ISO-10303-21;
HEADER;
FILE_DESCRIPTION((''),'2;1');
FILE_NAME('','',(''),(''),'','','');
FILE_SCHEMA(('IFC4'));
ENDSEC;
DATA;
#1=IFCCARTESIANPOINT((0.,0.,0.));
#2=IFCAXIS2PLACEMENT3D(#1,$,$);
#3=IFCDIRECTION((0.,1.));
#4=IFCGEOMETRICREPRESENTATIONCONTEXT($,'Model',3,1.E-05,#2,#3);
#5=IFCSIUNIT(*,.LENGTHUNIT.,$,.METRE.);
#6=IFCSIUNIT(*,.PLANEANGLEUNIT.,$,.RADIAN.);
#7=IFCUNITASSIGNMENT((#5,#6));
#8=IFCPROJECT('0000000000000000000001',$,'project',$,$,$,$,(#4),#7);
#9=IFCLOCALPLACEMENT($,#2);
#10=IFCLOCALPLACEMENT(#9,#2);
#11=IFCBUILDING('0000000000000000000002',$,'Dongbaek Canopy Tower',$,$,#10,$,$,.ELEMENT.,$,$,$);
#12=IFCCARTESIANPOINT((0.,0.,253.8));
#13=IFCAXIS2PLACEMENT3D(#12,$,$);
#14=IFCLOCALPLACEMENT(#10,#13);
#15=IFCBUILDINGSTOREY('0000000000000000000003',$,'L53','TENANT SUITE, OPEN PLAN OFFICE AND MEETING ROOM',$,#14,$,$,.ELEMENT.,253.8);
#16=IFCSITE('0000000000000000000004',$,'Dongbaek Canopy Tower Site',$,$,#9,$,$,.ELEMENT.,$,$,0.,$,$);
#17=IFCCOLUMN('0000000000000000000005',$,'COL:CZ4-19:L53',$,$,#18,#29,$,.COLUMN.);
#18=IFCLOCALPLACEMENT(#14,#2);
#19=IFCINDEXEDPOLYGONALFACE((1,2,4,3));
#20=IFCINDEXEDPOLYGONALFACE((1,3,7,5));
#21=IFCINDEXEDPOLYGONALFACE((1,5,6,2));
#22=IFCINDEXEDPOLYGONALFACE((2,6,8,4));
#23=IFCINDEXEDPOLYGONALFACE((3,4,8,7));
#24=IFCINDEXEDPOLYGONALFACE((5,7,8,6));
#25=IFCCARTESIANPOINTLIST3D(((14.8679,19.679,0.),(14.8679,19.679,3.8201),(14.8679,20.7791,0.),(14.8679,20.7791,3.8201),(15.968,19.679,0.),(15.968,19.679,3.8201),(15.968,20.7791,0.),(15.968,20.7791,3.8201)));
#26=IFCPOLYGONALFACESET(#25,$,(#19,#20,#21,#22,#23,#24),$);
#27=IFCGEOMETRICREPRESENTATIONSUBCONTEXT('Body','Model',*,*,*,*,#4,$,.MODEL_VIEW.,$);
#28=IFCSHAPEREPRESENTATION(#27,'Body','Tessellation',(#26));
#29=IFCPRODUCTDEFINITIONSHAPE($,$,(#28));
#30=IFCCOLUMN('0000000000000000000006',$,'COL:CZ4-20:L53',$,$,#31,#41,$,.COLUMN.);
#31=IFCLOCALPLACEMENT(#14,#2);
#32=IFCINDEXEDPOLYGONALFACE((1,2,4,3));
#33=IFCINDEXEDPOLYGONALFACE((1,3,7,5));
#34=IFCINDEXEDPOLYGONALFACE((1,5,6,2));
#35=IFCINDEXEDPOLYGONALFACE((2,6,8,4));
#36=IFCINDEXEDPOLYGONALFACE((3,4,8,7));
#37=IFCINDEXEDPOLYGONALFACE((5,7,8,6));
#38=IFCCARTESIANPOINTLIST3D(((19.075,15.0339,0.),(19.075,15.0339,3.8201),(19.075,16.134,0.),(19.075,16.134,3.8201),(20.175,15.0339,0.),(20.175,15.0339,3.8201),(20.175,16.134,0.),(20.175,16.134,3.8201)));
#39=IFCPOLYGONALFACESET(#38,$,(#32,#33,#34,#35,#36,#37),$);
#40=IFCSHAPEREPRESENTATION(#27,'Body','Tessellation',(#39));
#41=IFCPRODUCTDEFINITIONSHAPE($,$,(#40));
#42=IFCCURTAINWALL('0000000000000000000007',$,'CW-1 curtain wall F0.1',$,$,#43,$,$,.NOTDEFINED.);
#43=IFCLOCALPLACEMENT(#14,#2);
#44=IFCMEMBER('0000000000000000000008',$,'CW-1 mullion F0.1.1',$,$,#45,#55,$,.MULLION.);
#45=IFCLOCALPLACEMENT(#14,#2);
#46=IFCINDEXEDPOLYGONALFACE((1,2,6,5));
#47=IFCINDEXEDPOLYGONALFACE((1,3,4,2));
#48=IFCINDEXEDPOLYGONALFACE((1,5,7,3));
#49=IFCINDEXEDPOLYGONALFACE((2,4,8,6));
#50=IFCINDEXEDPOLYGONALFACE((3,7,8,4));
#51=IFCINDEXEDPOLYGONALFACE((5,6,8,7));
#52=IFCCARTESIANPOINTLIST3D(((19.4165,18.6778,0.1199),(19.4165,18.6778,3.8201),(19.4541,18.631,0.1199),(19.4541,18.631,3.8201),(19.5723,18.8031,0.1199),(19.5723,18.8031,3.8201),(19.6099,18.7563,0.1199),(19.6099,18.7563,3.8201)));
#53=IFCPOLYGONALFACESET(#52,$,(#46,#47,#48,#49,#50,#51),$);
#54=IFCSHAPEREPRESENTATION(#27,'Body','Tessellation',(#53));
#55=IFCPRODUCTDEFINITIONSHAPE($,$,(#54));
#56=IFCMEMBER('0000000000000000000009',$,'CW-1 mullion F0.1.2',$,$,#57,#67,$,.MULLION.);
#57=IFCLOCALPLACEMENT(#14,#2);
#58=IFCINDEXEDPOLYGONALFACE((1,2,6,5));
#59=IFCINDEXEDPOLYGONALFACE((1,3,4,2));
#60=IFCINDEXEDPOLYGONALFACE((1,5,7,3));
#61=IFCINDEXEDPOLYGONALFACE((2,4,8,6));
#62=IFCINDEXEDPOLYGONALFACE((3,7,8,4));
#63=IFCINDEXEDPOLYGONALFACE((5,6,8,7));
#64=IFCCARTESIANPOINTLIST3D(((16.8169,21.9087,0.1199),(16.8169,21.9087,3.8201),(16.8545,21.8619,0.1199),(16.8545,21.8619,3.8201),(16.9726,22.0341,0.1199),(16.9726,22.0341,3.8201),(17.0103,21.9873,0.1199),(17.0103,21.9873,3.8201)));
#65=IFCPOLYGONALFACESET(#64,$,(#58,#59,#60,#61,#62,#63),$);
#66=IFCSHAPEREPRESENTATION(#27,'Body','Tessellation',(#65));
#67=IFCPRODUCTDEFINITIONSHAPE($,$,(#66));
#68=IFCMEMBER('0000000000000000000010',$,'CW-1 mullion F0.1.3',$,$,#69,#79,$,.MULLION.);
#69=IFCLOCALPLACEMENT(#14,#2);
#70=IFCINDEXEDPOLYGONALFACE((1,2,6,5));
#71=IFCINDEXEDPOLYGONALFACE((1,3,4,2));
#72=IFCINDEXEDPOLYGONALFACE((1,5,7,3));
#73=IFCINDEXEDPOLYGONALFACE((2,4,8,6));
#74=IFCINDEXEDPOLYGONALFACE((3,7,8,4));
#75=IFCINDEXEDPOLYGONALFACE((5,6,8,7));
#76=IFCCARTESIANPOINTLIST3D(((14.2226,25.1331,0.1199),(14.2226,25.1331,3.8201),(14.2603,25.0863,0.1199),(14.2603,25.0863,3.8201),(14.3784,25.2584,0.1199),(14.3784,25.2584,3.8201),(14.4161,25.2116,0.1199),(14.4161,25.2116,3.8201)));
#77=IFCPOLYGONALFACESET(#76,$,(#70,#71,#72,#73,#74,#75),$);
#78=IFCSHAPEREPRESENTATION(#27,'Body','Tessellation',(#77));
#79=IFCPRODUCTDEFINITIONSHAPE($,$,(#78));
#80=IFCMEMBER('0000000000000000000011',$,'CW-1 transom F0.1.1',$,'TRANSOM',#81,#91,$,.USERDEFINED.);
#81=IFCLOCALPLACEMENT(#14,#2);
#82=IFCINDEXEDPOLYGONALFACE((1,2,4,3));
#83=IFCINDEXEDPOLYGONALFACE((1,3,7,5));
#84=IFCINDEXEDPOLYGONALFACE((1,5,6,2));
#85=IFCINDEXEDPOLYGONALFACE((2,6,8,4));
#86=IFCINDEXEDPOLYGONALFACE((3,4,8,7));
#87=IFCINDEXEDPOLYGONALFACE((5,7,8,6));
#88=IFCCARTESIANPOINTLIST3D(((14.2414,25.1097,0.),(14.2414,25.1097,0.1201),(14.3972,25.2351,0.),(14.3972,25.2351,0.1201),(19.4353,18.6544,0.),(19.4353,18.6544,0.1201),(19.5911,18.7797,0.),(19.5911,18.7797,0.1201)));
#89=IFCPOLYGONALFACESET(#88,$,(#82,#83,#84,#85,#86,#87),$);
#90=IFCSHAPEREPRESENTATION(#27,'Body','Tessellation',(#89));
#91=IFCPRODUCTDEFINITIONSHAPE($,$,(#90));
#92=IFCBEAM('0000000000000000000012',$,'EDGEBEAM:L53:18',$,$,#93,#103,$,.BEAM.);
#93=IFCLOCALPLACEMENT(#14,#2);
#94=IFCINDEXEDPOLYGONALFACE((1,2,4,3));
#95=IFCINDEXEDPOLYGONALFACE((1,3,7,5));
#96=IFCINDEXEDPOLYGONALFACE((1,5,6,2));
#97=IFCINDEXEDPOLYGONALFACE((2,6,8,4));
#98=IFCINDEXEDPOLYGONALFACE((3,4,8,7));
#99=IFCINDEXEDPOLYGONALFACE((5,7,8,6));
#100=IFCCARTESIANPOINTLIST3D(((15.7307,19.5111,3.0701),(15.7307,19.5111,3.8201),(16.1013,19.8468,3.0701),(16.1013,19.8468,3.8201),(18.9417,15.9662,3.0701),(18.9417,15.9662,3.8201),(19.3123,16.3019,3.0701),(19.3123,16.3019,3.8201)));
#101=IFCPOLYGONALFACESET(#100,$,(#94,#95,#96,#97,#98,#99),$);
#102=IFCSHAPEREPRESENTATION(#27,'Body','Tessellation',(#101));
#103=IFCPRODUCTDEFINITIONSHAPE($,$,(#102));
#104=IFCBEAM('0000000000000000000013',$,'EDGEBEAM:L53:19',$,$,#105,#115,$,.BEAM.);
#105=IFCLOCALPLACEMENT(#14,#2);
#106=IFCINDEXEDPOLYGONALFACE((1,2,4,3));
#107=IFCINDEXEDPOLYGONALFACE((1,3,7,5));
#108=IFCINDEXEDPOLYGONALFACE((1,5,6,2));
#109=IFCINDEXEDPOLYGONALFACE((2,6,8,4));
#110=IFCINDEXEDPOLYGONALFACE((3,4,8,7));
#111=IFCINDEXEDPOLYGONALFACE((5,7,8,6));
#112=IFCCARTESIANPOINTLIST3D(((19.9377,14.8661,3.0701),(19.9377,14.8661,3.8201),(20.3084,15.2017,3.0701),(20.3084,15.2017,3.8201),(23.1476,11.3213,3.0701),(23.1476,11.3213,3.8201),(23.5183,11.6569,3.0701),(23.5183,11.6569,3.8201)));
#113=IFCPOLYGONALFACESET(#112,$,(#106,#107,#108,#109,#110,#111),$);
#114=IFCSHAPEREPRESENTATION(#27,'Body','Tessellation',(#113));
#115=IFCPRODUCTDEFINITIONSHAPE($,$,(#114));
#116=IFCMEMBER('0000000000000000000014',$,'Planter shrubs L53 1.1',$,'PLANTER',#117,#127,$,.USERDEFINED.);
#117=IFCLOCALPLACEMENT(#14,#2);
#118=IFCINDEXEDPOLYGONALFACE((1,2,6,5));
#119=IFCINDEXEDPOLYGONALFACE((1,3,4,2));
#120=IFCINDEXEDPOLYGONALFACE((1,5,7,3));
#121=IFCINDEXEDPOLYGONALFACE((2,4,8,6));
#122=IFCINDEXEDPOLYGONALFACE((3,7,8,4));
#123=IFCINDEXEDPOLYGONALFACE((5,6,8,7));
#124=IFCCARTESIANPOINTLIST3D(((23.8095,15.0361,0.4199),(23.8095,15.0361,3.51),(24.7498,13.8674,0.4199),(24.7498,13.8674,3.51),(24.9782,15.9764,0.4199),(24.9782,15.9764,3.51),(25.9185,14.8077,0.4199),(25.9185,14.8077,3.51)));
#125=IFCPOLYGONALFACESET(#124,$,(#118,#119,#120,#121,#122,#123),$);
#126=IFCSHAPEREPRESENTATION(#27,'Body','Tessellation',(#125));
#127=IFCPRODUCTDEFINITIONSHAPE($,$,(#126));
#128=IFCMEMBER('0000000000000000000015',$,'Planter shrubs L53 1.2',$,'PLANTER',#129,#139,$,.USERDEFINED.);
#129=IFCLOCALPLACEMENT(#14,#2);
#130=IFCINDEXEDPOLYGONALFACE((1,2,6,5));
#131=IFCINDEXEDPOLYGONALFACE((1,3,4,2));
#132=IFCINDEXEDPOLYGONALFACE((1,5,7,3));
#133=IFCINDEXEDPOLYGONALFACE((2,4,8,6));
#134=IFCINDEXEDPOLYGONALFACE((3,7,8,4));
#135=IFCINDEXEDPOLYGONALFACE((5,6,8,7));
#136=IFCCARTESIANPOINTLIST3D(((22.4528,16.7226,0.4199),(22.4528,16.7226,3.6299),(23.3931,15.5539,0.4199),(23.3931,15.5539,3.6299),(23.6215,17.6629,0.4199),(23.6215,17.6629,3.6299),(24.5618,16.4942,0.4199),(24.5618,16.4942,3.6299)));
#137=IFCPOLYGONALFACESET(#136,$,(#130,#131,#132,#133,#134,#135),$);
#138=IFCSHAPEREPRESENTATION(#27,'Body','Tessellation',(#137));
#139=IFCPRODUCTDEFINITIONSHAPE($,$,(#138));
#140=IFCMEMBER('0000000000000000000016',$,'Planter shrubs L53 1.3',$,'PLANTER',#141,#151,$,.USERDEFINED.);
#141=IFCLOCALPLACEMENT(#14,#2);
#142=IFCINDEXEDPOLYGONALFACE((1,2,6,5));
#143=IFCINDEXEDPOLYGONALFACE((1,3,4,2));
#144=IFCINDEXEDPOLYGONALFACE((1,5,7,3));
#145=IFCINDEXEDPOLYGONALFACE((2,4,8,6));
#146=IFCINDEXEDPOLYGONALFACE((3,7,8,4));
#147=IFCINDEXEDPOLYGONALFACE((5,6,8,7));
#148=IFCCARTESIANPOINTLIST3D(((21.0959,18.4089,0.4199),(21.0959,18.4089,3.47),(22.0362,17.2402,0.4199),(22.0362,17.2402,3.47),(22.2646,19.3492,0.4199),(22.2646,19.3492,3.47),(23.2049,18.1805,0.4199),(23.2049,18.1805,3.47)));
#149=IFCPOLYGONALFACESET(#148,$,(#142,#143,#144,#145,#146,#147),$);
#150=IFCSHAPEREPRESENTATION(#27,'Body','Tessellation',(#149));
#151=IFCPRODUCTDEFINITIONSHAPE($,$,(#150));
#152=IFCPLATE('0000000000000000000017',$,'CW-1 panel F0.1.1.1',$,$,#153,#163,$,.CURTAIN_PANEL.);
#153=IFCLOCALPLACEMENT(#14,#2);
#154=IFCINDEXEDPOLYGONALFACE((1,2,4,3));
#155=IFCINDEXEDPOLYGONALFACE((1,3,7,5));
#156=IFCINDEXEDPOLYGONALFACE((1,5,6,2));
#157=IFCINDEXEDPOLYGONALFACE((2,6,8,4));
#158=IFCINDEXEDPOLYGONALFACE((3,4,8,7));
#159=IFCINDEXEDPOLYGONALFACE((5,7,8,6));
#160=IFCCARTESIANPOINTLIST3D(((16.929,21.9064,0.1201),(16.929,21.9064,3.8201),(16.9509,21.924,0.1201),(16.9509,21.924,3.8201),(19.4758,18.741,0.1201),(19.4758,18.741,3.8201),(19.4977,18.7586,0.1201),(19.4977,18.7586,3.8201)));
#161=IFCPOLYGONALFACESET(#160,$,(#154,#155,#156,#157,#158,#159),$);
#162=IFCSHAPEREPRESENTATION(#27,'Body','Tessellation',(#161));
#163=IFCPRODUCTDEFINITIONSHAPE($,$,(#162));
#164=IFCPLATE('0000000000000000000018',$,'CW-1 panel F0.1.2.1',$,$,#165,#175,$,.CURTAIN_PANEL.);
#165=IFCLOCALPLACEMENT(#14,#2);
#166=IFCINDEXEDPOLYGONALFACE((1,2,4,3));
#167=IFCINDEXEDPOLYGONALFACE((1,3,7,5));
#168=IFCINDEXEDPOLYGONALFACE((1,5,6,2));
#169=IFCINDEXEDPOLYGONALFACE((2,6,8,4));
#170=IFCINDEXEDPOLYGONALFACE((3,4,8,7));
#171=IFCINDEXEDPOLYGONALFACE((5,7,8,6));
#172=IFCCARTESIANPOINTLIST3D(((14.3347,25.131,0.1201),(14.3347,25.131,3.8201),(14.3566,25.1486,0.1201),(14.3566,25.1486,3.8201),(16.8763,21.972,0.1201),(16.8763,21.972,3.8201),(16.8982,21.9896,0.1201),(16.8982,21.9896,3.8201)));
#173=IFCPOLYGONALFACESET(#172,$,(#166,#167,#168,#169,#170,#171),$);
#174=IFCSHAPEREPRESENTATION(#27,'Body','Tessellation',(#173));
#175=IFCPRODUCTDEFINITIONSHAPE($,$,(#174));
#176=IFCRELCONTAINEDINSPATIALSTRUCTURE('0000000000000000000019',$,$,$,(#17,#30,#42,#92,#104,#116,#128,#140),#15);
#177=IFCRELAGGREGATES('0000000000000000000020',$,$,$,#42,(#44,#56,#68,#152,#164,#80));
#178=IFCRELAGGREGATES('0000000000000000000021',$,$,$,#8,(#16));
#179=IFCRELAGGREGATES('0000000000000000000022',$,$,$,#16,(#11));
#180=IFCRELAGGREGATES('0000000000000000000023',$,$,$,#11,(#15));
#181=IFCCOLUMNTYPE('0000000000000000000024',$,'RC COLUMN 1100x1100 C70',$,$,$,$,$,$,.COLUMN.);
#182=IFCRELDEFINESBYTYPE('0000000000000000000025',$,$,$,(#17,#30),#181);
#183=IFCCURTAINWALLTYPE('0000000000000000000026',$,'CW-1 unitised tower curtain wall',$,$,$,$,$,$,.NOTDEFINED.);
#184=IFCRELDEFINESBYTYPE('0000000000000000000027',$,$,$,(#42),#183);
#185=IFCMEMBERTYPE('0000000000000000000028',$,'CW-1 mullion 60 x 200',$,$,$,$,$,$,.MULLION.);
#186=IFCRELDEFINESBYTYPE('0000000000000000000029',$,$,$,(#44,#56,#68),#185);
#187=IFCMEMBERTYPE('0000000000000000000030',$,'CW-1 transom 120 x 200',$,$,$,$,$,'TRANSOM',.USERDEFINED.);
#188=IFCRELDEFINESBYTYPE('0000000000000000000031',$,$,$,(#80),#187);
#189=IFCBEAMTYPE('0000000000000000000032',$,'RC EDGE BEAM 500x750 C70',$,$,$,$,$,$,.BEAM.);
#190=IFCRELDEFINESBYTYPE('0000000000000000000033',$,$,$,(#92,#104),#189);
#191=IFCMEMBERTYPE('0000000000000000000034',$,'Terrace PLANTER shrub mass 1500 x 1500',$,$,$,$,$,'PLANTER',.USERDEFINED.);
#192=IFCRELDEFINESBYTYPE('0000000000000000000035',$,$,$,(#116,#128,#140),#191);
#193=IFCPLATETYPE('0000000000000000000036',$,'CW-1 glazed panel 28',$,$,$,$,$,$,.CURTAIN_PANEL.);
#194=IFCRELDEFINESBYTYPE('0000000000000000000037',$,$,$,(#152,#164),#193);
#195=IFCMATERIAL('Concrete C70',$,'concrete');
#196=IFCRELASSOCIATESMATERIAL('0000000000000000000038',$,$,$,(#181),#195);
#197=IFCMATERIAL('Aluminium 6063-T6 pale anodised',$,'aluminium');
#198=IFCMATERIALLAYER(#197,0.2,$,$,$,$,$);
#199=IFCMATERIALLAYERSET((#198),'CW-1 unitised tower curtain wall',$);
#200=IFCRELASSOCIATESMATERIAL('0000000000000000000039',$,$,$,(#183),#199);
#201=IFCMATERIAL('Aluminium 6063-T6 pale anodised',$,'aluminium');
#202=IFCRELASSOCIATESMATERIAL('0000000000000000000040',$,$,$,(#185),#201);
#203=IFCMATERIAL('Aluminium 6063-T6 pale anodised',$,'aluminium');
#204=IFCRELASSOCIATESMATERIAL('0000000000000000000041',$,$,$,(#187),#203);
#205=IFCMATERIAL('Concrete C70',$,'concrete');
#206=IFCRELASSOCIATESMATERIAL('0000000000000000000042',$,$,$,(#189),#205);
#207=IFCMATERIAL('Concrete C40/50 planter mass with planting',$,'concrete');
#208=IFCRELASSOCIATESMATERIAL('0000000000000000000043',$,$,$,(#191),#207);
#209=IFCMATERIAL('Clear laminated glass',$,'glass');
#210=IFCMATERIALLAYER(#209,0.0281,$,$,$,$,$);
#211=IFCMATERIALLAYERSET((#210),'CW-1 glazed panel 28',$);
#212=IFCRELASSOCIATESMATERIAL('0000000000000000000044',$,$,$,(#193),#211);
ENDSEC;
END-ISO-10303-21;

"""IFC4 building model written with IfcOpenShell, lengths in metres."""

from ifc_helpers import new_model, si_unit, direction, frame, origin, origin_2d, place, context, subcontext, project, spatial, rectangle, extrude, material, layer, layer_set, material_profile, profile_set, type_object, element, aggregate, save


model = new_model("IFC4")

# Units and contexts
model_context = context("Model", 3, precision=1e-05, world=origin(), true_north=direction((0.0, 1.0)))
body_context = subcontext(model_context, "Body", "Model", "MODEL_VIEW")
ifc_project = project(units=[si_unit("LENGTHUNIT", "METRE"), si_unit("PLANEANGLEUNIT", "RADIAN")], contexts=[model_context])

# Site, building, storey
site_placement = place(None, origin())
site = spatial("IfcSite", under=ifc_project, at=site_placement, Name="Dongbaek Canopy Tower Site", CompositionType="ELEMENT", RefElevation=0.0)
building_placement = place(site_placement, origin())
building = spatial("IfcBuilding", under=site, at=building_placement, Name="Dongbaek Canopy Tower", CompositionType="ELEMENT")
storey_placement = place(building_placement, frame((0.0, 0.0, 253.8)))
storey = spatial("IfcBuildingStorey", under=building, at=storey_placement, Name="L53", Description="TENANT SUITE, OPEN PLAN OFFICE AND MEETING ROOM", CompositionType="ELEMENT", Elevation=253.8)

# Columns
ifc_material_1 = material(Name="Concrete C70", Category="concrete")
ifc_material_profile_1 = material_profile(ifc_material_1, rectangle(XDim=1.1001, YDim=1.1001, at=origin_2d()), Name="RC COLUMN 1100x1100 C70")
ifc_profile_set_1 = profile_set([ifc_material_profile_1], Name="Concrete C70")
column_type = type_object("IfcColumnType", Name="RC COLUMN 1100x1100 C70", PredefinedType="COLUMN", material=ifc_profile_set_1)
for number, where, z_axis, x_axis, name in (
    (1, (15.418, 20.229, 0.0), (0.0, 0.0, 1.0), (1.0, 0.0, 0.0), "COL:CZ4-19:L53"),
    (2, (19.625, 15.584, 0.0), (0.0, 0.0, 1.0), (1.0, 0.0, 0.0), "COL:CZ4-20:L53"),
):
    element("IfcColumn", number, at=place(storey_placement, frame(where, z_axis=z_axis, x_axis=x_axis)), inside=storey, type_object=column_type, Name=name, PredefinedType="COLUMN", context=body_context, shape_type="SweptSolid", body=[
        extrude(rectangle(XDim=1.1001, YDim=1.1001, at=origin_2d()), origin(), (0.0, 0.0, 1.0), 3.8201),
    ])

# Curtain wall, members
ifc_material_2 = material(Name="Aluminium 6063-T6 pale anodised", Category="aluminium")
ifc_layer_1 = layer(ifc_material_2, 0.2)
ifc_layer_set_1 = layer_set([ifc_layer_1], Name="CW-1 unitised tower curtain wall")
curtain_wall_type = type_object("IfcCurtainWallType", Name="CW-1 unitised tower curtain wall", PredefinedType="NOTDEFINED", material=ifc_layer_set_1)
curtain_wall_1_placement = place(storey_placement, origin())
curtain_wall_1 = element("IfcCurtainWall", 3, at=curtain_wall_1_placement, inside=storey, type_object=curtain_wall_type, Name="CW-1 curtain wall F0.1", PredefinedType="NOTDEFINED")
ifc_material_3 = material(Name="Aluminium 6063-T6 pale anodised", Category="aluminium")
ifc_material_profile_2 = material_profile(ifc_material_3, rectangle(XDim=0.2, YDim=0.0601, at=origin_2d()), Name="CW-1 mullion 60 x 200")
ifc_profile_set_2 = profile_set([ifc_material_profile_2], Name="Aluminium 6063-T6 pale anodised")
member_type_1 = type_object("IfcMemberType", Name="CW-1 mullion 60 x 200", PredefinedType="MULLION", material=ifc_profile_set_2)
member_1_placement = place(storey_placement, frame((19.5132, 18.717, 0.1199), z_axis=(0.0, 0.0, 1.0), x_axis=(0.779126, 0.626867, 0.0)))
member_1 = element("IfcMember", 4, at=member_1_placement, type_object=member_type_1, Name="CW-1 mullion F0.1.1", PredefinedType="MULLION", context=body_context, shape_type="SweptSolid", body=[
    extrude(rectangle(XDim=0.2, YDim=0.0601, at=origin_2d()), origin(), (0.0, 0.0, 1.0), 3.7002),
])
member_2_placement = place(storey_placement, frame((16.9136, 21.948, 0.1199), z_axis=(0.0, 0.0, 1.0), x_axis=(0.779126, 0.626867, 0.0)))
member_2 = element("IfcMember", 5, at=member_2_placement, type_object=member_type_1, Name="CW-1 mullion F0.1.2", PredefinedType="MULLION", context=body_context, shape_type="SweptSolid", body=[
    extrude(rectangle(XDim=0.2, YDim=0.0601, at=origin_2d()), origin(), (0.0, 0.0, 1.0), 3.7002),
])
member_3_placement = place(storey_placement, frame((14.3193, 25.1724, 0.1199), z_axis=(0.0, 0.0, 1.0), x_axis=(0.779126, 0.626867, 0.0)))
member_3 = element("IfcMember", 6, at=member_3_placement, type_object=member_type_1, Name="CW-1 mullion F0.1.3", PredefinedType="MULLION", context=body_context, shape_type="SweptSolid", body=[
    extrude(rectangle(XDim=0.2, YDim=0.0601, at=origin_2d()), origin(), (0.0, 0.0, 1.0), 3.7002),
])
ifc_material_4 = material(Name="Aluminium 6063-T6 pale anodised", Category="aluminium")
ifc_material_profile_3 = material_profile(ifc_material_4, rectangle(XDim=0.2, YDim=0.1201, at=origin_2d()), Name="CW-1 transom 120 x 200")
ifc_profile_set_3 = profile_set([ifc_material_profile_3], Name="Aluminium 6063-T6 pale anodised")
member_type_2 = type_object("IfcMemberType", Name="CW-1 transom 120 x 200", ElementType="TRANSOM", PredefinedType="USERDEFINED", material=ifc_profile_set_3)
member_4_placement = place(storey_placement, frame((19.5132, 18.717, 0.0601), z_axis=(-0.62687, 0.779124, 0.0), x_axis=(-0.779124, -0.62687, 0.0)))
member_4 = element("IfcMember", 7, at=member_4_placement, type_object=member_type_2, Name="CW-1 transom F0.1.1", ObjectType="TRANSOM", PredefinedType="USERDEFINED", context=body_context, shape_type="SweptSolid", body=[
    extrude(rectangle(XDim=0.2, YDim=0.1201, at=origin_2d()), origin(), (0.0, 0.0, 1.0), 8.2854),
])

# Beams
ifc_material_5 = material(Name="Concrete C70", Category="concrete")
ifc_material_profile_4 = material_profile(ifc_material_5, rectangle(XDim=0.5, YDim=0.75, at=origin_2d()), Name="RC EDGE BEAM 500x750 C70")
ifc_profile_set_4 = profile_set([ifc_material_profile_4], Name="Concrete C70")
beam_type = type_object("IfcBeamType", Name="RC EDGE BEAM 500x750 C70", PredefinedType="BEAM", material=ifc_profile_set_4)
beam_1_placement = place(storey_placement, frame((15.916, 19.679, 3.4451), z_axis=(0.67133, -0.741158, 0.0), x_axis=(0.741158, 0.67133, 0.0)))
element("IfcBeam", 8, at=beam_1_placement, inside=storey, type_object=beam_type, Name="EDGEBEAM:L53:18", PredefinedType="BEAM", context=body_context, shape_type="SweptSolid", body=[
    extrude(rectangle(XDim=0.5, YDim=0.75, at=origin_2d()), origin(), (0.0, 0.0, 1.0), 4.783),
])
beam_2_placement = place(storey_placement, frame((20.123, 15.0339, 3.4451), z_axis=(0.671218, -0.74126, 0.0), x_axis=(0.74126, 0.671218, 0.0)))
element("IfcBeam", 9, at=beam_2_placement, inside=storey, type_object=beam_type, Name="EDGEBEAM:L53:19", PredefinedType="BEAM", context=body_context, shape_type="SweptSolid", body=[
    extrude(rectangle(XDim=0.5, YDim=0.75, at=origin_2d()), origin(), (0.0, 0.0, 1.0), 4.7822),
])

# Members
ifc_material_6 = material(Name="Concrete C40/50 planter mass with planting", Category="concrete")
ifc_material_profile_5 = material_profile(ifc_material_6, rectangle(XDim=1.5, YDim=1.5, at=origin_2d()), Name="Terrace PLANTER shrub mass 1500 x 1500")
ifc_profile_set_5 = profile_set([ifc_material_profile_5], Name="Concrete C40/50 planter mass with planting")
member_type_3 = type_object("IfcMemberType", Name="Terrace PLANTER shrub mass 1500 x 1500", ElementType="PLANTER", PredefinedType="USERDEFINED", material=ifc_profile_set_5)
member_5_placement = place(storey_placement, frame((24.864, 14.9219, 0.4199), z_axis=(0.0, 0.0, 1.0), x_axis=(0.779126, 0.626867, 0.0)))
element("IfcMember", 10, at=member_5_placement, inside=storey, type_object=member_type_3, Name="Planter shrubs L53 1.1", ObjectType="PLANTER", PredefinedType="USERDEFINED", context=body_context, shape_type="SweptSolid", body=[
    extrude(rectangle(XDim=1.5, YDim=1.5, at=origin_2d()), origin(), (0.0, 0.0, 1.0), 3.0901),
])
member_6_placement = place(storey_placement, frame((23.5073, 16.6084, 0.4199), z_axis=(0.0, 0.0, 1.0), x_axis=(0.779126, 0.626867, 0.0)))
element("IfcMember", 11, at=member_6_placement, inside=storey, type_object=member_type_3, Name="Planter shrubs L53 1.2", ObjectType="PLANTER", PredefinedType="USERDEFINED", context=body_context, shape_type="SweptSolid", body=[
    extrude(rectangle(XDim=1.5, YDim=1.5, at=origin_2d()), origin(), (0.0, 0.0, 1.0), 3.21),
])
member_7_placement = place(storey_placement, frame((22.1504, 18.2947, 0.4199), z_axis=(0.0, 0.0, 1.0), x_axis=(0.779126, 0.626867, 0.0)))
element("IfcMember", 12, at=member_7_placement, inside=storey, type_object=member_type_3, Name="Planter shrubs L53 1.3", ObjectType="PLANTER", PredefinedType="USERDEFINED", context=body_context, shape_type="SweptSolid", body=[
    extrude(rectangle(XDim=1.5, YDim=1.5, at=origin_2d()), origin(), (0.0, 0.0, 1.0), 3.05),
])

# Plates
ifc_material_7 = material(Name="Clear laminated glass", Category="glass")
ifc_layer_2 = layer(ifc_material_7, 0.0281)
ifc_layer_set_2 = layer_set([ifc_layer_2], Name="CW-1 glazed panel 28")
plate_type = type_object("IfcPlateType", Name="CW-1 glazed panel 28", PredefinedType="CURTAIN_PANEL", material=ifc_layer_set_2)
plate_1_placement = place(storey_placement, frame((18.2134, 20.3325, 0.1201), z_axis=(0.0, 0.0, 1.0), x_axis=(-0.626867, 0.779126, 0.0)))
plate_1 = element("IfcPlate", 13, at=plate_1_placement, type_object=plate_type, Name="CW-1 panel F0.1.1.1", PredefinedType="CURTAIN_PANEL", context=body_context, shape_type="SweptSolid", body=[
    extrude(rectangle(XDim=4.0627, YDim=0.0281, at=origin_2d()), origin(), (0.0, 0.0, 1.0), 3.7),
])
plate_2_placement = place(storey_placement, frame((15.6165, 23.5603, 0.1201), z_axis=(0.0, 0.0, 1.0), x_axis=(-0.626867, 0.779126, 0.0)))
plate_2 = element("IfcPlate", 14, at=plate_2_placement, type_object=plate_type, Name="CW-1 panel F0.1.2.1", PredefinedType="CURTAIN_PANEL", context=body_context, shape_type="SweptSolid", body=[
    extrude(rectangle(XDim=4.0544, YDim=0.0281, at=origin_2d()), origin(), (0.0, 0.0, 1.0), 3.7),
])

aggregate(curtain_wall_1, [member_1, member_2, member_3, plate_1, plate_2, member_4])

save(model, "model.ifc")
